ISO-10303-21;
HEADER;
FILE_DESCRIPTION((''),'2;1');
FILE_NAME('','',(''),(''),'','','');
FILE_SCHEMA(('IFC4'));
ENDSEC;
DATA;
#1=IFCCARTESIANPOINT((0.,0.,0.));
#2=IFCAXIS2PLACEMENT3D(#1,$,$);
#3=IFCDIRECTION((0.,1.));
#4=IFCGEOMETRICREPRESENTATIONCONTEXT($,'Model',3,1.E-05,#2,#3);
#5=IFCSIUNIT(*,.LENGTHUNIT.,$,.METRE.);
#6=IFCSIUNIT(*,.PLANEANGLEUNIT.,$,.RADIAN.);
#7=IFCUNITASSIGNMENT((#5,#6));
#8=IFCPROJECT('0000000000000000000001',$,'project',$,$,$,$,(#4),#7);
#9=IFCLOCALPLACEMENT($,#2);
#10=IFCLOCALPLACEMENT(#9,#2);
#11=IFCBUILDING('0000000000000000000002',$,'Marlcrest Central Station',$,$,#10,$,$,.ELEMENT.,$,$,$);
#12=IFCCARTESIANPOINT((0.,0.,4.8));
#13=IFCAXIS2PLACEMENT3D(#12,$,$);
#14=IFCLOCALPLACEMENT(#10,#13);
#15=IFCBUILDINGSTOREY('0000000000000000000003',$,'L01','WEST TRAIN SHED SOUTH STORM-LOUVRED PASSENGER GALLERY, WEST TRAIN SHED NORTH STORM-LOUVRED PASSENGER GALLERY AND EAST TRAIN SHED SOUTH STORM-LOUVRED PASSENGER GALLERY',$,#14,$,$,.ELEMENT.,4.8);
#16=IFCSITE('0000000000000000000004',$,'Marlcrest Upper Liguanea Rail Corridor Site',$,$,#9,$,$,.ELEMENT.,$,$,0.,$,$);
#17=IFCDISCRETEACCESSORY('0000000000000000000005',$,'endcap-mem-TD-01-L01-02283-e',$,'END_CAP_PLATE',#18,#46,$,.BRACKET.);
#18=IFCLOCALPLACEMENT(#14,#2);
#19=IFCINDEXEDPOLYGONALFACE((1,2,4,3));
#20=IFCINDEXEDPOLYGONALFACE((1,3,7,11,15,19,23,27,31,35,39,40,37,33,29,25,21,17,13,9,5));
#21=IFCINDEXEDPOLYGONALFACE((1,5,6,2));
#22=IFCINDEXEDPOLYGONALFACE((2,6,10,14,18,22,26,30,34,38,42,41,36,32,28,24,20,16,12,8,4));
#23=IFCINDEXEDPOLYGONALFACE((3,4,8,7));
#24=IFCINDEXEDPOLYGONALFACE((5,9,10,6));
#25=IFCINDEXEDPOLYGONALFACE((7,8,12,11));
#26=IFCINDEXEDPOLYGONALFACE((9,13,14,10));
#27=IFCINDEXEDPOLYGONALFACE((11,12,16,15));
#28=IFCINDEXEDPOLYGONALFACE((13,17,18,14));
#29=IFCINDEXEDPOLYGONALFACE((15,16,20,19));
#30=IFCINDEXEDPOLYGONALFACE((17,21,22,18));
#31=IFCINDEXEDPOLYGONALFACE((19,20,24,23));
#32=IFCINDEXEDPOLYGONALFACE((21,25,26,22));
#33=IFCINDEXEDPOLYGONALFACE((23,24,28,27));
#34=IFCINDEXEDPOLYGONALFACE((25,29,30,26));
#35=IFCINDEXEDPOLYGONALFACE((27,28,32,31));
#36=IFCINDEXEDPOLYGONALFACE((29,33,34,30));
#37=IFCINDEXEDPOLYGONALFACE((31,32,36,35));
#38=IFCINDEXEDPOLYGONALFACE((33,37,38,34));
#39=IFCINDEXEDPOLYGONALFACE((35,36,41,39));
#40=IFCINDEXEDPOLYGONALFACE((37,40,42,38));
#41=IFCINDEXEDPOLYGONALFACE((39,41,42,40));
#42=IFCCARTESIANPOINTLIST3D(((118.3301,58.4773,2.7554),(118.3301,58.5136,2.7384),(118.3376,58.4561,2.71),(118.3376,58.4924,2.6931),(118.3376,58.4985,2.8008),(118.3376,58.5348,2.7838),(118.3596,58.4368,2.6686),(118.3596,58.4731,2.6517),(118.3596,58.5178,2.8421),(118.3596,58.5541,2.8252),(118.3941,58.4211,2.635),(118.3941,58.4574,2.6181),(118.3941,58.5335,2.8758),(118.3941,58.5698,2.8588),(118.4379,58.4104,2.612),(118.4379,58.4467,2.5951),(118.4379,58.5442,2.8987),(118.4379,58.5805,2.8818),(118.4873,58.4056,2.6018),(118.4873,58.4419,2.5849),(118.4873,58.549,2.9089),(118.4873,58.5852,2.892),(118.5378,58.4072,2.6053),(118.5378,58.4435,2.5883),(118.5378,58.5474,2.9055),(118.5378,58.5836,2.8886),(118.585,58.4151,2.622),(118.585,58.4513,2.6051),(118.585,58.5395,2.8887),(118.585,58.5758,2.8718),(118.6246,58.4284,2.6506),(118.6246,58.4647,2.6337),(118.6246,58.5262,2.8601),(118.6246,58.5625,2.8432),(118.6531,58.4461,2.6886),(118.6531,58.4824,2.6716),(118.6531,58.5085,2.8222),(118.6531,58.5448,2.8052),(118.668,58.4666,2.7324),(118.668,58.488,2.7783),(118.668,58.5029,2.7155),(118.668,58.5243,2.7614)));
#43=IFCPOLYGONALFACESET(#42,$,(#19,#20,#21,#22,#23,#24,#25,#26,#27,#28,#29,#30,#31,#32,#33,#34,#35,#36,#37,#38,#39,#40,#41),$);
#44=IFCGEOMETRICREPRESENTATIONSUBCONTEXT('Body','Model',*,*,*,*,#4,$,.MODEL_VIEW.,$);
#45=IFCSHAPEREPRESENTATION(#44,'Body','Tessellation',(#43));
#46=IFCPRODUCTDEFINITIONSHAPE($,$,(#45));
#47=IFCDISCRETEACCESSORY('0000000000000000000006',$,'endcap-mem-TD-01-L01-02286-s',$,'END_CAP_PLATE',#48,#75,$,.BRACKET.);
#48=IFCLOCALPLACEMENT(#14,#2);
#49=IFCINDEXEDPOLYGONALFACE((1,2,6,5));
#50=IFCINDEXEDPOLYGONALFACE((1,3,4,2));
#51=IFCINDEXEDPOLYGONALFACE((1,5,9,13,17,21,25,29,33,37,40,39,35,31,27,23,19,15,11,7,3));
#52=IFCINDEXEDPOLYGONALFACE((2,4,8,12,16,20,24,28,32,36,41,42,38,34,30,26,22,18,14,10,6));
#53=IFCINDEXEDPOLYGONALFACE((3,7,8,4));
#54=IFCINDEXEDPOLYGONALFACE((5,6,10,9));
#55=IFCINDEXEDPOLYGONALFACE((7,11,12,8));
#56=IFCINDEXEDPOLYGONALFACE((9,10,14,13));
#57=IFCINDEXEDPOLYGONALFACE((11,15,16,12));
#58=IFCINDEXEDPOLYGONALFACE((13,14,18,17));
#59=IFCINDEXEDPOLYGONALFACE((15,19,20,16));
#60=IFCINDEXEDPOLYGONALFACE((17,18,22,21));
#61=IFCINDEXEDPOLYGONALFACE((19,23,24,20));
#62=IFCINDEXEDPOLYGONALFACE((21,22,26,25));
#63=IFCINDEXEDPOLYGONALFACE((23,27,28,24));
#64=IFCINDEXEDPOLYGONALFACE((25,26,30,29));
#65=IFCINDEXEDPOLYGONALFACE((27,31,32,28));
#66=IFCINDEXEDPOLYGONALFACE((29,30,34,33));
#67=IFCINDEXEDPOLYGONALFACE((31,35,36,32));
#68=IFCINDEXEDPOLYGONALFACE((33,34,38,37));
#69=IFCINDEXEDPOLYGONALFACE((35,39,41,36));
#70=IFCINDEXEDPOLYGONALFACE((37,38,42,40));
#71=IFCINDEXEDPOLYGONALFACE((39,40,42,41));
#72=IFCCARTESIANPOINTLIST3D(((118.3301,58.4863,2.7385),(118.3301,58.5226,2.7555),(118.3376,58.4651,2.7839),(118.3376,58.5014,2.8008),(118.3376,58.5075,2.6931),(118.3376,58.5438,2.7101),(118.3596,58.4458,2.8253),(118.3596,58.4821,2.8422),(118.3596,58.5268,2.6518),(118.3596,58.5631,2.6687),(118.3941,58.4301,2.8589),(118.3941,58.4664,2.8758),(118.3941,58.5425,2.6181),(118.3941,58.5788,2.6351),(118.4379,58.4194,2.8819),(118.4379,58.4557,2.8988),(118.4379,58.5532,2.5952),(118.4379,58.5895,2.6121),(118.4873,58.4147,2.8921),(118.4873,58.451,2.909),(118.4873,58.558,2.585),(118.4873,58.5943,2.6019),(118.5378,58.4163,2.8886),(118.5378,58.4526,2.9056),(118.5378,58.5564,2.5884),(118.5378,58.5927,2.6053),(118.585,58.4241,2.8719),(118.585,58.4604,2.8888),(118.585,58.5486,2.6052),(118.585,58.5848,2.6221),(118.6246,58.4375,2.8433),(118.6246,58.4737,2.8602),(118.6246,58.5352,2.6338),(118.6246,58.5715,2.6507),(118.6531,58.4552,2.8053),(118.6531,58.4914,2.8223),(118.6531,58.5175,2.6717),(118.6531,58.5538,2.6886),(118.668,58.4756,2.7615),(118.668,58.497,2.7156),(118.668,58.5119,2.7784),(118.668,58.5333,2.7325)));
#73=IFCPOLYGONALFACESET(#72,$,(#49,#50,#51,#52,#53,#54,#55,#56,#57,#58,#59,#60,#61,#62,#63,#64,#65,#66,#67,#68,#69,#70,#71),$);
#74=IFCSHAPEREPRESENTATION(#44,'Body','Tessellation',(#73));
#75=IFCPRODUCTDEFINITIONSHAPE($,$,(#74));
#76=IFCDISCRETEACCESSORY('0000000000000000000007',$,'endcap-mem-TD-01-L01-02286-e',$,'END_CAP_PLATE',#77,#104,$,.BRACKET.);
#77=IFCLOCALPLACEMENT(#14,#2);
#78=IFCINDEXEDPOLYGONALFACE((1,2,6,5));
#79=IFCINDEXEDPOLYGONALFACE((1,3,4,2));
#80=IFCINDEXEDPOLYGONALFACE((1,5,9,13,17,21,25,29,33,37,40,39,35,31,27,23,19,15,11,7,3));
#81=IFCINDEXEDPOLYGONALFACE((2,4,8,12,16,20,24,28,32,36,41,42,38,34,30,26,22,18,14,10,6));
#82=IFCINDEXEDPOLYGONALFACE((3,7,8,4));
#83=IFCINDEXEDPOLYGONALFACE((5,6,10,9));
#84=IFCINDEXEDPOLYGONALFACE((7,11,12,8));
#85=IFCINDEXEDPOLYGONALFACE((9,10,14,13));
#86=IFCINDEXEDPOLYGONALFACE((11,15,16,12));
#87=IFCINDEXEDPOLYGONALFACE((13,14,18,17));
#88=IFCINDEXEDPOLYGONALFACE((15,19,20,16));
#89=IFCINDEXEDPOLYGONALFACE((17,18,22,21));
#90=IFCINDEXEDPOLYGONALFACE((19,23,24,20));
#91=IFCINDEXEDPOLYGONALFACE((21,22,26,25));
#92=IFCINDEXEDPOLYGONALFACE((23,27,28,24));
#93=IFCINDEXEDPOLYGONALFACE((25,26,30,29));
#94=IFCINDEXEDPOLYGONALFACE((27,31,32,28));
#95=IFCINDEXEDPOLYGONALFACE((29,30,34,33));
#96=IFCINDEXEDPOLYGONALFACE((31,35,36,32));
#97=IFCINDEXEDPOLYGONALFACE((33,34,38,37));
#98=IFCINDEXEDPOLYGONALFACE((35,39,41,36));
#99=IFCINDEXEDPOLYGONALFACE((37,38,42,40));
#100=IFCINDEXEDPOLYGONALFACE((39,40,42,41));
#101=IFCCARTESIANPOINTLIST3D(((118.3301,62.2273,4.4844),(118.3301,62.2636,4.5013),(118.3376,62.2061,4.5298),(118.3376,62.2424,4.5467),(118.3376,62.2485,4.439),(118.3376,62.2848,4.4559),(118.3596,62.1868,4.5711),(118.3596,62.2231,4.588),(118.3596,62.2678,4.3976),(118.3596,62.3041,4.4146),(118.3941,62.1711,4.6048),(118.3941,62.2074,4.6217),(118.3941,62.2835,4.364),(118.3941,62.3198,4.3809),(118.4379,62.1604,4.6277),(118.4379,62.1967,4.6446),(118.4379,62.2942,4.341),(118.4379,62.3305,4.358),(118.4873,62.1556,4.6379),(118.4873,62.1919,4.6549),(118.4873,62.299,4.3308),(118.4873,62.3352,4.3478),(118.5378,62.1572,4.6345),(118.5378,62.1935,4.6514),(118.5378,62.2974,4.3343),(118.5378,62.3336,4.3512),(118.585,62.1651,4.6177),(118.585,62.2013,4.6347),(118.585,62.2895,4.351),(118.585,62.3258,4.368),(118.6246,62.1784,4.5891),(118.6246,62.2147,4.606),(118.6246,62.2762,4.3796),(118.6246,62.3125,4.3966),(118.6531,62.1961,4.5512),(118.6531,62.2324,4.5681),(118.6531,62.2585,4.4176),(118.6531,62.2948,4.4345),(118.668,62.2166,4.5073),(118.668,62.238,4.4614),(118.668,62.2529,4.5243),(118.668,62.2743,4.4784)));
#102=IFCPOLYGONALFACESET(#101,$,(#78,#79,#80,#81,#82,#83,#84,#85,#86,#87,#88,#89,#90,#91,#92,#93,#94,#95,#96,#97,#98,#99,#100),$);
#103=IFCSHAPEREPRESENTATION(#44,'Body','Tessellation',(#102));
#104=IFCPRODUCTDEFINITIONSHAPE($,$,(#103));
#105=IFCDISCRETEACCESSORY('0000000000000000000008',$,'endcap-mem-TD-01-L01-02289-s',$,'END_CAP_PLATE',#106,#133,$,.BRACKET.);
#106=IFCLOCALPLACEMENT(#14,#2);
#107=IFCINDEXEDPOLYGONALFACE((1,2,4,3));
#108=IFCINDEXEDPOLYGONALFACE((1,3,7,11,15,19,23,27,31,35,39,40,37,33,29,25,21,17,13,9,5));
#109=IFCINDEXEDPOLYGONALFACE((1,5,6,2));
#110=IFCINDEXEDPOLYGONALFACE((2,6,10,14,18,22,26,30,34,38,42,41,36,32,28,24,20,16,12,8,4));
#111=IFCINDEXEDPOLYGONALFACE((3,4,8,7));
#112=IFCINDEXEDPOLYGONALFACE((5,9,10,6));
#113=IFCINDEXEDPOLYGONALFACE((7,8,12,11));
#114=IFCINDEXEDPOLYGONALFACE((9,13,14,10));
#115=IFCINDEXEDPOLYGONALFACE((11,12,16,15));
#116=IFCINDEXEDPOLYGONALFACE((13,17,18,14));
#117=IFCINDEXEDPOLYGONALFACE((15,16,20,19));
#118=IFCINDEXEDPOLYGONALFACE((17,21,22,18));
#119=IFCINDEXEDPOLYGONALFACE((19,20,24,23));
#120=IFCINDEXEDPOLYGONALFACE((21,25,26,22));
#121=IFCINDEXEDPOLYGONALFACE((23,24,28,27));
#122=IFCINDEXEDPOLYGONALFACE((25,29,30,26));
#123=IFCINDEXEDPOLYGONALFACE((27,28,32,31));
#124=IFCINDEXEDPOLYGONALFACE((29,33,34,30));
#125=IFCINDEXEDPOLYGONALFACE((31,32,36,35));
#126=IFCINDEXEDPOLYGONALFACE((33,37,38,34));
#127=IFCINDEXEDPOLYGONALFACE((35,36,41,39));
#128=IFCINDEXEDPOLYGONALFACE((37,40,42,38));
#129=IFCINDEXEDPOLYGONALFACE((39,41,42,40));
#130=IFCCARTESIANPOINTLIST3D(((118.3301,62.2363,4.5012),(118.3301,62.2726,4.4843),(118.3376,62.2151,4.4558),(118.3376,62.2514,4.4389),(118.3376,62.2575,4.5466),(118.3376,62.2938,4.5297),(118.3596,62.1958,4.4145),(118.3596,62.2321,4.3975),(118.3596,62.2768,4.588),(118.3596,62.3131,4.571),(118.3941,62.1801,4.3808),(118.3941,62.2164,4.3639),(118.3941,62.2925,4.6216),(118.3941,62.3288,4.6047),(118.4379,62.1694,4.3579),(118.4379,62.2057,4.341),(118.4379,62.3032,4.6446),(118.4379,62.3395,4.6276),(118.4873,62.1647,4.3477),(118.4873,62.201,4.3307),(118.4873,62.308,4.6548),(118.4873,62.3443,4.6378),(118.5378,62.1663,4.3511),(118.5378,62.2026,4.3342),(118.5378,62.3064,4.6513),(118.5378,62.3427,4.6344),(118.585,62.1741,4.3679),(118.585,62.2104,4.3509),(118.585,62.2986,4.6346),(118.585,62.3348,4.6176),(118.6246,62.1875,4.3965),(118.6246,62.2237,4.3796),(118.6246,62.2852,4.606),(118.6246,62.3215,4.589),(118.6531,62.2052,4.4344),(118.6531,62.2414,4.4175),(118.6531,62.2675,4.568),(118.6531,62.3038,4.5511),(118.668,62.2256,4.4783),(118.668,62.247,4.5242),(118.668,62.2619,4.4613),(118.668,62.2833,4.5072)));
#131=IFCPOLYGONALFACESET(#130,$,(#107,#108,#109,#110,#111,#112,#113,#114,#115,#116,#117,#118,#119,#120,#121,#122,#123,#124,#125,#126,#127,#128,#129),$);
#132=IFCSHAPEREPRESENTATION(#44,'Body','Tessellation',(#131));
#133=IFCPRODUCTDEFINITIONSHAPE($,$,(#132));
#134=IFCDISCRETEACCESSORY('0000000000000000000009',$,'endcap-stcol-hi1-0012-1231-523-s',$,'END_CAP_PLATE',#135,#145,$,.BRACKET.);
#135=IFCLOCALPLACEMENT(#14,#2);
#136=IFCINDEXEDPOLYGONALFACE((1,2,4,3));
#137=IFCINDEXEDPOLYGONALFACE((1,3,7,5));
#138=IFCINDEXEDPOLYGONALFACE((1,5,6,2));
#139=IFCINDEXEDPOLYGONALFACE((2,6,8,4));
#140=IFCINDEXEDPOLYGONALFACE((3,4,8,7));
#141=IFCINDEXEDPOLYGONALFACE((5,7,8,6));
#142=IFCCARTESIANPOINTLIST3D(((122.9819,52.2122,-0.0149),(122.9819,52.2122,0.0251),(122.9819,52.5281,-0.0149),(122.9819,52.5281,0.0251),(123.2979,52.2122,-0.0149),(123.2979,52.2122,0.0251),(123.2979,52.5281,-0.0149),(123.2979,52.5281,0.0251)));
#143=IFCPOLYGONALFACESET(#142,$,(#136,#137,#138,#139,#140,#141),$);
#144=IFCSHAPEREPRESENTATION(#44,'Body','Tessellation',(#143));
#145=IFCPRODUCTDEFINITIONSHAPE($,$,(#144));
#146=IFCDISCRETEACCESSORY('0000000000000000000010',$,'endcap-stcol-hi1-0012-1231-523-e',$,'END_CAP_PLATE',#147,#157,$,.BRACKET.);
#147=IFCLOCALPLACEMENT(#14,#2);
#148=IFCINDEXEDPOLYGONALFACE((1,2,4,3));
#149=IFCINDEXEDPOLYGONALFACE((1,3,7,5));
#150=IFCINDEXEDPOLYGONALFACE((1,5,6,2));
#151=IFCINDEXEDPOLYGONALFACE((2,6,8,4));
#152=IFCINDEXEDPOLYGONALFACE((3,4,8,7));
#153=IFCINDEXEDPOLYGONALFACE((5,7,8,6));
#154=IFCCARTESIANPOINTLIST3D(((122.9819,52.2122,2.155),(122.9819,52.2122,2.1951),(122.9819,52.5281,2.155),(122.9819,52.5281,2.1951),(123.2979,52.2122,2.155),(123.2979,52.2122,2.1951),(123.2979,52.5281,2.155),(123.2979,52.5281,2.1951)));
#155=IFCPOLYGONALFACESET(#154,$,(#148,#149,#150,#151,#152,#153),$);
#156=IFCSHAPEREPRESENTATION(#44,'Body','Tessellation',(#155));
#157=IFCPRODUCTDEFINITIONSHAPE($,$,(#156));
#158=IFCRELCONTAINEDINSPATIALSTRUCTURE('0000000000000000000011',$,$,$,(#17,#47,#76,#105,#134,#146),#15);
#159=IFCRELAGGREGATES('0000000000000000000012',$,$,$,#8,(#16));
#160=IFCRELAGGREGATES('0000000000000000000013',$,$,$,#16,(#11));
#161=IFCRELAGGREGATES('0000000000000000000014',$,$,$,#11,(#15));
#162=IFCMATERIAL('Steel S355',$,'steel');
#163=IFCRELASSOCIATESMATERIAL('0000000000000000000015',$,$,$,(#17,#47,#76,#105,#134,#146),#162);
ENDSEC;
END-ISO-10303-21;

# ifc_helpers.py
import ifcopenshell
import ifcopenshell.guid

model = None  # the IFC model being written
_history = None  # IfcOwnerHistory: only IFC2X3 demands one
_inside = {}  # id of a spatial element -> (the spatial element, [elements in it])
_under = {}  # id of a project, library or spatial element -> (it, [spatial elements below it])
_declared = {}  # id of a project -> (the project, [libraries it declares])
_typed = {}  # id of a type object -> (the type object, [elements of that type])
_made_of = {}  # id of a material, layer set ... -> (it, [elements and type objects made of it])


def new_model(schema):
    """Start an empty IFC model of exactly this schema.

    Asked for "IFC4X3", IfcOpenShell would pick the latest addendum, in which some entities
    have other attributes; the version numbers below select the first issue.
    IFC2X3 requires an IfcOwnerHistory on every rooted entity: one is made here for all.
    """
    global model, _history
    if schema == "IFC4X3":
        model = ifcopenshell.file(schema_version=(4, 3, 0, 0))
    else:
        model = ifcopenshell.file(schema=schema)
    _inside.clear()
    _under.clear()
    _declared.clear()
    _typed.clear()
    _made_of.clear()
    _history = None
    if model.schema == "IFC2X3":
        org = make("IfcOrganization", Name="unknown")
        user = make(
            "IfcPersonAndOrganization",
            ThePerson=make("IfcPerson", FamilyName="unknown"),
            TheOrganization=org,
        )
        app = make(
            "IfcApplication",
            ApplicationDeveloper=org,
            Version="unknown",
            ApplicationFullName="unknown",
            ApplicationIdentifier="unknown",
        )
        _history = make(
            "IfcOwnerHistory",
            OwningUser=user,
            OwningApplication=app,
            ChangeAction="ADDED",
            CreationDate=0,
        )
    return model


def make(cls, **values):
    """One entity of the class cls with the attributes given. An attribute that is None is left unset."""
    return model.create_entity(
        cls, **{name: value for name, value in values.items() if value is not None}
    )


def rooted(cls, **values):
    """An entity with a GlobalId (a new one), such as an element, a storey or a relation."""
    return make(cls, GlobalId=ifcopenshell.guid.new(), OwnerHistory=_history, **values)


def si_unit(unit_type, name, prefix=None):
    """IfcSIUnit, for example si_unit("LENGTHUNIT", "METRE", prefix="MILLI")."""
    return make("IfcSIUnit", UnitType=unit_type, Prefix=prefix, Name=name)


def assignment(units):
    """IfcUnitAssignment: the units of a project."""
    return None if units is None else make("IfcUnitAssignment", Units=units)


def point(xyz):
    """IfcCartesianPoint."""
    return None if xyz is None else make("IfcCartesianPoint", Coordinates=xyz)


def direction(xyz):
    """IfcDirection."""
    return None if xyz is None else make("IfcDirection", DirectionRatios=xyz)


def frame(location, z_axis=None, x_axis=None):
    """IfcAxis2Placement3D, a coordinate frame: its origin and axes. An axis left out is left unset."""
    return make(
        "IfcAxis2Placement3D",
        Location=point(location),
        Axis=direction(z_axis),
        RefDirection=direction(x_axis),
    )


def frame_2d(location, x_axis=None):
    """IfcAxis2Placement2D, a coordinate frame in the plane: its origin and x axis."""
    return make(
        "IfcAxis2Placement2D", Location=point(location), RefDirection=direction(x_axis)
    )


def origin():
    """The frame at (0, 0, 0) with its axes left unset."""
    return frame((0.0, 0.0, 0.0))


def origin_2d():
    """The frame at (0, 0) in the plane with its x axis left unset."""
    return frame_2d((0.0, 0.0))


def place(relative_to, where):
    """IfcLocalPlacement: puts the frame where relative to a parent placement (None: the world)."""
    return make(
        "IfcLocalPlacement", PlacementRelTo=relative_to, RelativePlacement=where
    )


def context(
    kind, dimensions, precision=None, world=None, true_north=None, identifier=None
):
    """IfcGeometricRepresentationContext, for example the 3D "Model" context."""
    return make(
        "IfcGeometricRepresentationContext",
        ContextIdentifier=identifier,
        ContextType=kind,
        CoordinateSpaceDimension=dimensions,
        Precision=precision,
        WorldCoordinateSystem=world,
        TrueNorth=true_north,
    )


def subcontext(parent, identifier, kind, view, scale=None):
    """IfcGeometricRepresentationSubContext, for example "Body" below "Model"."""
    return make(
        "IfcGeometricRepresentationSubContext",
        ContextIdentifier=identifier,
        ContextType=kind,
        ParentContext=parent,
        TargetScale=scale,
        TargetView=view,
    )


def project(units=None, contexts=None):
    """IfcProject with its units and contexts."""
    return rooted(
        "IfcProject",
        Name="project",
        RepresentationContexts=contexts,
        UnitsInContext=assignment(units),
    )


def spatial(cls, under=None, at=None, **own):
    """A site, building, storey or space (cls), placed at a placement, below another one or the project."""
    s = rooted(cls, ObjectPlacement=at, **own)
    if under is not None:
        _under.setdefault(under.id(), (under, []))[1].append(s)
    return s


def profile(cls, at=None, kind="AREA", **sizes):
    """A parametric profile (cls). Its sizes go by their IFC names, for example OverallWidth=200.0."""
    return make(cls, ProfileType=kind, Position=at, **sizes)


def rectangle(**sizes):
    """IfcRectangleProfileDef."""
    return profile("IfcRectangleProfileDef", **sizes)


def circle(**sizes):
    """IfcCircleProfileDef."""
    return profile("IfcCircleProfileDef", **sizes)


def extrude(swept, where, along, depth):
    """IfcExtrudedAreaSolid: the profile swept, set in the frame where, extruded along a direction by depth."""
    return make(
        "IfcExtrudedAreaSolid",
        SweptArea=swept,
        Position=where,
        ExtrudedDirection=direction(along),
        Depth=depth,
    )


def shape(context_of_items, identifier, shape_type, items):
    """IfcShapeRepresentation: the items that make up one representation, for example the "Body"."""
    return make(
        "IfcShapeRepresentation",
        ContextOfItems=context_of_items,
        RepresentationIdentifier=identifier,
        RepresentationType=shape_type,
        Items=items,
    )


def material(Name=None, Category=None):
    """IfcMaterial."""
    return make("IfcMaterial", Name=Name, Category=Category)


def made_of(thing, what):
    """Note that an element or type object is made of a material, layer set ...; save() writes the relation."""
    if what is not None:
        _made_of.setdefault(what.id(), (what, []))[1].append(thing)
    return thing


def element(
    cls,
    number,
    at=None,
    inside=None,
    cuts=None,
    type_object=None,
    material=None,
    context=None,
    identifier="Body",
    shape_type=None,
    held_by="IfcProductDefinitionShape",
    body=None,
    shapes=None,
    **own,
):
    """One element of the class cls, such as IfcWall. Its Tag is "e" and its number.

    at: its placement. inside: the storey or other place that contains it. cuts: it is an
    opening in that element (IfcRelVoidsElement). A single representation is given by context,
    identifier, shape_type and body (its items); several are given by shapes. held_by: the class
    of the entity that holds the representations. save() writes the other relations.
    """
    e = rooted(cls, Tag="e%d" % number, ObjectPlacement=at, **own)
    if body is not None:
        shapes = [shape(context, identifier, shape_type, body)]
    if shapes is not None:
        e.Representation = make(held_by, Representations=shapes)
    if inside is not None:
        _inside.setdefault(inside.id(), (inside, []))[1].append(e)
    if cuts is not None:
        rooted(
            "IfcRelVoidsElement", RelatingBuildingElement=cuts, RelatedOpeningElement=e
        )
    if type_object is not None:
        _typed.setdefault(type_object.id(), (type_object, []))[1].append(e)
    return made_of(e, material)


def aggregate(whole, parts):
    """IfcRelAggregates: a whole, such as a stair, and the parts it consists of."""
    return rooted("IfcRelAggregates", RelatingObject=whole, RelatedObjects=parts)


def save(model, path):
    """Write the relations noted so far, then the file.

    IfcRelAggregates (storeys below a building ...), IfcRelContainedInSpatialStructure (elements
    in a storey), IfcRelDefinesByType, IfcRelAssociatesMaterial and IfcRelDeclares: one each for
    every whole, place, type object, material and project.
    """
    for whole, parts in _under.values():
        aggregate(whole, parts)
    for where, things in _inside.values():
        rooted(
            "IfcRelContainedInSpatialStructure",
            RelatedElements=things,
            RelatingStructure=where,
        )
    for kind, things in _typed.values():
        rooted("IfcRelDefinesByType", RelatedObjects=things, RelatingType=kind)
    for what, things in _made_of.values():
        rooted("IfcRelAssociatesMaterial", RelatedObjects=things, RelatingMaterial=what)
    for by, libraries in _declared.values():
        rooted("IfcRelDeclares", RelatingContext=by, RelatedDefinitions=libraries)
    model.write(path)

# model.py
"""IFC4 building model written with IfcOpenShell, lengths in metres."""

from ifc_helpers import new_model, si_unit, direction, frame, origin, origin_2d, place, context, subcontext, project, spatial, rectangle, circle, extrude, material, element, save


model = new_model("IFC4")

# Units and contexts
model_context = context("Model", 3, precision=1e-05, world=origin(), true_north=direction((0.0, 1.0)))
body_context = subcontext(model_context, "Body", "Model", "MODEL_VIEW")
ifc_project = project(units=[si_unit("LENGTHUNIT", "METRE"), si_unit("PLANEANGLEUNIT", "RADIAN")], contexts=[model_context])

# Site, building, storey
site_placement = place(None, origin())
site = spatial("IfcSite", under=ifc_project, at=site_placement, Name="Marlcrest Upper Liguanea Rail Corridor Site", CompositionType="ELEMENT", RefElevation=0.0)
building_placement = place(site_placement, origin())
building = spatial("IfcBuilding", under=site, at=building_placement, Name="Marlcrest Central Station", CompositionType="ELEMENT")
storey_placement = place(building_placement, frame((0.0, 0.0, 4.8)))
storey = spatial("IfcBuildingStorey", under=building, at=storey_placement, Name="L01", Description="WEST TRAIN SHED SOUTH STORM-LOUVRED PASSENGER GALLERY, WEST TRAIN SHED NORTH STORM-LOUVRED PASSENGER GALLERY AND EAST TRAIN SHED SOUTH STORM-LOUVRED PASSENGER GALLERY", CompositionType="ELEMENT", Elevation=4.8)

# Shared definitions
ifc_material_1 = material(Name="Steel S355", Category="steel")

# Discrete accessories
for number, where, z_axis, x_axis, name in (
    (1, (118.5, 58.4773, 2.7554), (0.0, 0.906183, -0.422885), (-1.0, 0.0, 0.0), "endcap-mem-TD-01-L01-02283-e"),
    (2, (118.5, 58.4863, 2.7385), (0.0, 0.906183, 0.422885), (-1.0, 0.0, 0.0), "endcap-mem-TD-01-L01-02286-s"),
    (3, (118.5, 62.2273, 4.4844), (0.0, 0.906183, 0.422885), (-1.0, 0.0, 0.0), "endcap-mem-TD-01-L01-02286-e"),
    (4, (118.5, 62.2363, 4.5012), (0.0, 0.906183, -0.422885), (-1.0, 0.0, 0.0), "endcap-mem-TD-01-L01-02289-s"),
):
    element("IfcDiscreteAccessory", number, at=place(storey_placement, frame(where, z_axis=z_axis, x_axis=x_axis)), inside=storey, material=ifc_material_1, Name=name, ObjectType="END_CAP_PLATE", PredefinedType="BRACKET", context=body_context, shape_type="SweptSolid", body=[
        extrude(circle(Radius=0.1699, at=origin_2d()), origin(), (0.0, 0.0, 1.0), 0.04),
    ])
for number, where, z_axis, x_axis, name in (
    (5, (123.1399, 52.3701, -0.0149), (0.0, 0.0, 1.0), (1.0, 0.0, 0.0), "endcap-stcol-hi1-0012-1231-523-s"),
    (6, (123.1399, 52.3701, 2.155), (0.0, 0.0, 1.0), (1.0, 0.0, 0.0), "endcap-stcol-hi1-0012-1231-523-e"),
):
    element("IfcDiscreteAccessory", number, at=place(storey_placement, frame(where, z_axis=z_axis, x_axis=x_axis)), inside=storey, material=ifc_material_1, Name=name, ObjectType="END_CAP_PLATE", PredefinedType="BRACKET", context=body_context, shape_type="SweptSolid", body=[
        extrude(rectangle(XDim=0.3159, YDim=0.3159, at=origin_2d()), origin(), (0.0, 0.0, 1.0), 0.04),
    ])

save(model, "model.ifc")
